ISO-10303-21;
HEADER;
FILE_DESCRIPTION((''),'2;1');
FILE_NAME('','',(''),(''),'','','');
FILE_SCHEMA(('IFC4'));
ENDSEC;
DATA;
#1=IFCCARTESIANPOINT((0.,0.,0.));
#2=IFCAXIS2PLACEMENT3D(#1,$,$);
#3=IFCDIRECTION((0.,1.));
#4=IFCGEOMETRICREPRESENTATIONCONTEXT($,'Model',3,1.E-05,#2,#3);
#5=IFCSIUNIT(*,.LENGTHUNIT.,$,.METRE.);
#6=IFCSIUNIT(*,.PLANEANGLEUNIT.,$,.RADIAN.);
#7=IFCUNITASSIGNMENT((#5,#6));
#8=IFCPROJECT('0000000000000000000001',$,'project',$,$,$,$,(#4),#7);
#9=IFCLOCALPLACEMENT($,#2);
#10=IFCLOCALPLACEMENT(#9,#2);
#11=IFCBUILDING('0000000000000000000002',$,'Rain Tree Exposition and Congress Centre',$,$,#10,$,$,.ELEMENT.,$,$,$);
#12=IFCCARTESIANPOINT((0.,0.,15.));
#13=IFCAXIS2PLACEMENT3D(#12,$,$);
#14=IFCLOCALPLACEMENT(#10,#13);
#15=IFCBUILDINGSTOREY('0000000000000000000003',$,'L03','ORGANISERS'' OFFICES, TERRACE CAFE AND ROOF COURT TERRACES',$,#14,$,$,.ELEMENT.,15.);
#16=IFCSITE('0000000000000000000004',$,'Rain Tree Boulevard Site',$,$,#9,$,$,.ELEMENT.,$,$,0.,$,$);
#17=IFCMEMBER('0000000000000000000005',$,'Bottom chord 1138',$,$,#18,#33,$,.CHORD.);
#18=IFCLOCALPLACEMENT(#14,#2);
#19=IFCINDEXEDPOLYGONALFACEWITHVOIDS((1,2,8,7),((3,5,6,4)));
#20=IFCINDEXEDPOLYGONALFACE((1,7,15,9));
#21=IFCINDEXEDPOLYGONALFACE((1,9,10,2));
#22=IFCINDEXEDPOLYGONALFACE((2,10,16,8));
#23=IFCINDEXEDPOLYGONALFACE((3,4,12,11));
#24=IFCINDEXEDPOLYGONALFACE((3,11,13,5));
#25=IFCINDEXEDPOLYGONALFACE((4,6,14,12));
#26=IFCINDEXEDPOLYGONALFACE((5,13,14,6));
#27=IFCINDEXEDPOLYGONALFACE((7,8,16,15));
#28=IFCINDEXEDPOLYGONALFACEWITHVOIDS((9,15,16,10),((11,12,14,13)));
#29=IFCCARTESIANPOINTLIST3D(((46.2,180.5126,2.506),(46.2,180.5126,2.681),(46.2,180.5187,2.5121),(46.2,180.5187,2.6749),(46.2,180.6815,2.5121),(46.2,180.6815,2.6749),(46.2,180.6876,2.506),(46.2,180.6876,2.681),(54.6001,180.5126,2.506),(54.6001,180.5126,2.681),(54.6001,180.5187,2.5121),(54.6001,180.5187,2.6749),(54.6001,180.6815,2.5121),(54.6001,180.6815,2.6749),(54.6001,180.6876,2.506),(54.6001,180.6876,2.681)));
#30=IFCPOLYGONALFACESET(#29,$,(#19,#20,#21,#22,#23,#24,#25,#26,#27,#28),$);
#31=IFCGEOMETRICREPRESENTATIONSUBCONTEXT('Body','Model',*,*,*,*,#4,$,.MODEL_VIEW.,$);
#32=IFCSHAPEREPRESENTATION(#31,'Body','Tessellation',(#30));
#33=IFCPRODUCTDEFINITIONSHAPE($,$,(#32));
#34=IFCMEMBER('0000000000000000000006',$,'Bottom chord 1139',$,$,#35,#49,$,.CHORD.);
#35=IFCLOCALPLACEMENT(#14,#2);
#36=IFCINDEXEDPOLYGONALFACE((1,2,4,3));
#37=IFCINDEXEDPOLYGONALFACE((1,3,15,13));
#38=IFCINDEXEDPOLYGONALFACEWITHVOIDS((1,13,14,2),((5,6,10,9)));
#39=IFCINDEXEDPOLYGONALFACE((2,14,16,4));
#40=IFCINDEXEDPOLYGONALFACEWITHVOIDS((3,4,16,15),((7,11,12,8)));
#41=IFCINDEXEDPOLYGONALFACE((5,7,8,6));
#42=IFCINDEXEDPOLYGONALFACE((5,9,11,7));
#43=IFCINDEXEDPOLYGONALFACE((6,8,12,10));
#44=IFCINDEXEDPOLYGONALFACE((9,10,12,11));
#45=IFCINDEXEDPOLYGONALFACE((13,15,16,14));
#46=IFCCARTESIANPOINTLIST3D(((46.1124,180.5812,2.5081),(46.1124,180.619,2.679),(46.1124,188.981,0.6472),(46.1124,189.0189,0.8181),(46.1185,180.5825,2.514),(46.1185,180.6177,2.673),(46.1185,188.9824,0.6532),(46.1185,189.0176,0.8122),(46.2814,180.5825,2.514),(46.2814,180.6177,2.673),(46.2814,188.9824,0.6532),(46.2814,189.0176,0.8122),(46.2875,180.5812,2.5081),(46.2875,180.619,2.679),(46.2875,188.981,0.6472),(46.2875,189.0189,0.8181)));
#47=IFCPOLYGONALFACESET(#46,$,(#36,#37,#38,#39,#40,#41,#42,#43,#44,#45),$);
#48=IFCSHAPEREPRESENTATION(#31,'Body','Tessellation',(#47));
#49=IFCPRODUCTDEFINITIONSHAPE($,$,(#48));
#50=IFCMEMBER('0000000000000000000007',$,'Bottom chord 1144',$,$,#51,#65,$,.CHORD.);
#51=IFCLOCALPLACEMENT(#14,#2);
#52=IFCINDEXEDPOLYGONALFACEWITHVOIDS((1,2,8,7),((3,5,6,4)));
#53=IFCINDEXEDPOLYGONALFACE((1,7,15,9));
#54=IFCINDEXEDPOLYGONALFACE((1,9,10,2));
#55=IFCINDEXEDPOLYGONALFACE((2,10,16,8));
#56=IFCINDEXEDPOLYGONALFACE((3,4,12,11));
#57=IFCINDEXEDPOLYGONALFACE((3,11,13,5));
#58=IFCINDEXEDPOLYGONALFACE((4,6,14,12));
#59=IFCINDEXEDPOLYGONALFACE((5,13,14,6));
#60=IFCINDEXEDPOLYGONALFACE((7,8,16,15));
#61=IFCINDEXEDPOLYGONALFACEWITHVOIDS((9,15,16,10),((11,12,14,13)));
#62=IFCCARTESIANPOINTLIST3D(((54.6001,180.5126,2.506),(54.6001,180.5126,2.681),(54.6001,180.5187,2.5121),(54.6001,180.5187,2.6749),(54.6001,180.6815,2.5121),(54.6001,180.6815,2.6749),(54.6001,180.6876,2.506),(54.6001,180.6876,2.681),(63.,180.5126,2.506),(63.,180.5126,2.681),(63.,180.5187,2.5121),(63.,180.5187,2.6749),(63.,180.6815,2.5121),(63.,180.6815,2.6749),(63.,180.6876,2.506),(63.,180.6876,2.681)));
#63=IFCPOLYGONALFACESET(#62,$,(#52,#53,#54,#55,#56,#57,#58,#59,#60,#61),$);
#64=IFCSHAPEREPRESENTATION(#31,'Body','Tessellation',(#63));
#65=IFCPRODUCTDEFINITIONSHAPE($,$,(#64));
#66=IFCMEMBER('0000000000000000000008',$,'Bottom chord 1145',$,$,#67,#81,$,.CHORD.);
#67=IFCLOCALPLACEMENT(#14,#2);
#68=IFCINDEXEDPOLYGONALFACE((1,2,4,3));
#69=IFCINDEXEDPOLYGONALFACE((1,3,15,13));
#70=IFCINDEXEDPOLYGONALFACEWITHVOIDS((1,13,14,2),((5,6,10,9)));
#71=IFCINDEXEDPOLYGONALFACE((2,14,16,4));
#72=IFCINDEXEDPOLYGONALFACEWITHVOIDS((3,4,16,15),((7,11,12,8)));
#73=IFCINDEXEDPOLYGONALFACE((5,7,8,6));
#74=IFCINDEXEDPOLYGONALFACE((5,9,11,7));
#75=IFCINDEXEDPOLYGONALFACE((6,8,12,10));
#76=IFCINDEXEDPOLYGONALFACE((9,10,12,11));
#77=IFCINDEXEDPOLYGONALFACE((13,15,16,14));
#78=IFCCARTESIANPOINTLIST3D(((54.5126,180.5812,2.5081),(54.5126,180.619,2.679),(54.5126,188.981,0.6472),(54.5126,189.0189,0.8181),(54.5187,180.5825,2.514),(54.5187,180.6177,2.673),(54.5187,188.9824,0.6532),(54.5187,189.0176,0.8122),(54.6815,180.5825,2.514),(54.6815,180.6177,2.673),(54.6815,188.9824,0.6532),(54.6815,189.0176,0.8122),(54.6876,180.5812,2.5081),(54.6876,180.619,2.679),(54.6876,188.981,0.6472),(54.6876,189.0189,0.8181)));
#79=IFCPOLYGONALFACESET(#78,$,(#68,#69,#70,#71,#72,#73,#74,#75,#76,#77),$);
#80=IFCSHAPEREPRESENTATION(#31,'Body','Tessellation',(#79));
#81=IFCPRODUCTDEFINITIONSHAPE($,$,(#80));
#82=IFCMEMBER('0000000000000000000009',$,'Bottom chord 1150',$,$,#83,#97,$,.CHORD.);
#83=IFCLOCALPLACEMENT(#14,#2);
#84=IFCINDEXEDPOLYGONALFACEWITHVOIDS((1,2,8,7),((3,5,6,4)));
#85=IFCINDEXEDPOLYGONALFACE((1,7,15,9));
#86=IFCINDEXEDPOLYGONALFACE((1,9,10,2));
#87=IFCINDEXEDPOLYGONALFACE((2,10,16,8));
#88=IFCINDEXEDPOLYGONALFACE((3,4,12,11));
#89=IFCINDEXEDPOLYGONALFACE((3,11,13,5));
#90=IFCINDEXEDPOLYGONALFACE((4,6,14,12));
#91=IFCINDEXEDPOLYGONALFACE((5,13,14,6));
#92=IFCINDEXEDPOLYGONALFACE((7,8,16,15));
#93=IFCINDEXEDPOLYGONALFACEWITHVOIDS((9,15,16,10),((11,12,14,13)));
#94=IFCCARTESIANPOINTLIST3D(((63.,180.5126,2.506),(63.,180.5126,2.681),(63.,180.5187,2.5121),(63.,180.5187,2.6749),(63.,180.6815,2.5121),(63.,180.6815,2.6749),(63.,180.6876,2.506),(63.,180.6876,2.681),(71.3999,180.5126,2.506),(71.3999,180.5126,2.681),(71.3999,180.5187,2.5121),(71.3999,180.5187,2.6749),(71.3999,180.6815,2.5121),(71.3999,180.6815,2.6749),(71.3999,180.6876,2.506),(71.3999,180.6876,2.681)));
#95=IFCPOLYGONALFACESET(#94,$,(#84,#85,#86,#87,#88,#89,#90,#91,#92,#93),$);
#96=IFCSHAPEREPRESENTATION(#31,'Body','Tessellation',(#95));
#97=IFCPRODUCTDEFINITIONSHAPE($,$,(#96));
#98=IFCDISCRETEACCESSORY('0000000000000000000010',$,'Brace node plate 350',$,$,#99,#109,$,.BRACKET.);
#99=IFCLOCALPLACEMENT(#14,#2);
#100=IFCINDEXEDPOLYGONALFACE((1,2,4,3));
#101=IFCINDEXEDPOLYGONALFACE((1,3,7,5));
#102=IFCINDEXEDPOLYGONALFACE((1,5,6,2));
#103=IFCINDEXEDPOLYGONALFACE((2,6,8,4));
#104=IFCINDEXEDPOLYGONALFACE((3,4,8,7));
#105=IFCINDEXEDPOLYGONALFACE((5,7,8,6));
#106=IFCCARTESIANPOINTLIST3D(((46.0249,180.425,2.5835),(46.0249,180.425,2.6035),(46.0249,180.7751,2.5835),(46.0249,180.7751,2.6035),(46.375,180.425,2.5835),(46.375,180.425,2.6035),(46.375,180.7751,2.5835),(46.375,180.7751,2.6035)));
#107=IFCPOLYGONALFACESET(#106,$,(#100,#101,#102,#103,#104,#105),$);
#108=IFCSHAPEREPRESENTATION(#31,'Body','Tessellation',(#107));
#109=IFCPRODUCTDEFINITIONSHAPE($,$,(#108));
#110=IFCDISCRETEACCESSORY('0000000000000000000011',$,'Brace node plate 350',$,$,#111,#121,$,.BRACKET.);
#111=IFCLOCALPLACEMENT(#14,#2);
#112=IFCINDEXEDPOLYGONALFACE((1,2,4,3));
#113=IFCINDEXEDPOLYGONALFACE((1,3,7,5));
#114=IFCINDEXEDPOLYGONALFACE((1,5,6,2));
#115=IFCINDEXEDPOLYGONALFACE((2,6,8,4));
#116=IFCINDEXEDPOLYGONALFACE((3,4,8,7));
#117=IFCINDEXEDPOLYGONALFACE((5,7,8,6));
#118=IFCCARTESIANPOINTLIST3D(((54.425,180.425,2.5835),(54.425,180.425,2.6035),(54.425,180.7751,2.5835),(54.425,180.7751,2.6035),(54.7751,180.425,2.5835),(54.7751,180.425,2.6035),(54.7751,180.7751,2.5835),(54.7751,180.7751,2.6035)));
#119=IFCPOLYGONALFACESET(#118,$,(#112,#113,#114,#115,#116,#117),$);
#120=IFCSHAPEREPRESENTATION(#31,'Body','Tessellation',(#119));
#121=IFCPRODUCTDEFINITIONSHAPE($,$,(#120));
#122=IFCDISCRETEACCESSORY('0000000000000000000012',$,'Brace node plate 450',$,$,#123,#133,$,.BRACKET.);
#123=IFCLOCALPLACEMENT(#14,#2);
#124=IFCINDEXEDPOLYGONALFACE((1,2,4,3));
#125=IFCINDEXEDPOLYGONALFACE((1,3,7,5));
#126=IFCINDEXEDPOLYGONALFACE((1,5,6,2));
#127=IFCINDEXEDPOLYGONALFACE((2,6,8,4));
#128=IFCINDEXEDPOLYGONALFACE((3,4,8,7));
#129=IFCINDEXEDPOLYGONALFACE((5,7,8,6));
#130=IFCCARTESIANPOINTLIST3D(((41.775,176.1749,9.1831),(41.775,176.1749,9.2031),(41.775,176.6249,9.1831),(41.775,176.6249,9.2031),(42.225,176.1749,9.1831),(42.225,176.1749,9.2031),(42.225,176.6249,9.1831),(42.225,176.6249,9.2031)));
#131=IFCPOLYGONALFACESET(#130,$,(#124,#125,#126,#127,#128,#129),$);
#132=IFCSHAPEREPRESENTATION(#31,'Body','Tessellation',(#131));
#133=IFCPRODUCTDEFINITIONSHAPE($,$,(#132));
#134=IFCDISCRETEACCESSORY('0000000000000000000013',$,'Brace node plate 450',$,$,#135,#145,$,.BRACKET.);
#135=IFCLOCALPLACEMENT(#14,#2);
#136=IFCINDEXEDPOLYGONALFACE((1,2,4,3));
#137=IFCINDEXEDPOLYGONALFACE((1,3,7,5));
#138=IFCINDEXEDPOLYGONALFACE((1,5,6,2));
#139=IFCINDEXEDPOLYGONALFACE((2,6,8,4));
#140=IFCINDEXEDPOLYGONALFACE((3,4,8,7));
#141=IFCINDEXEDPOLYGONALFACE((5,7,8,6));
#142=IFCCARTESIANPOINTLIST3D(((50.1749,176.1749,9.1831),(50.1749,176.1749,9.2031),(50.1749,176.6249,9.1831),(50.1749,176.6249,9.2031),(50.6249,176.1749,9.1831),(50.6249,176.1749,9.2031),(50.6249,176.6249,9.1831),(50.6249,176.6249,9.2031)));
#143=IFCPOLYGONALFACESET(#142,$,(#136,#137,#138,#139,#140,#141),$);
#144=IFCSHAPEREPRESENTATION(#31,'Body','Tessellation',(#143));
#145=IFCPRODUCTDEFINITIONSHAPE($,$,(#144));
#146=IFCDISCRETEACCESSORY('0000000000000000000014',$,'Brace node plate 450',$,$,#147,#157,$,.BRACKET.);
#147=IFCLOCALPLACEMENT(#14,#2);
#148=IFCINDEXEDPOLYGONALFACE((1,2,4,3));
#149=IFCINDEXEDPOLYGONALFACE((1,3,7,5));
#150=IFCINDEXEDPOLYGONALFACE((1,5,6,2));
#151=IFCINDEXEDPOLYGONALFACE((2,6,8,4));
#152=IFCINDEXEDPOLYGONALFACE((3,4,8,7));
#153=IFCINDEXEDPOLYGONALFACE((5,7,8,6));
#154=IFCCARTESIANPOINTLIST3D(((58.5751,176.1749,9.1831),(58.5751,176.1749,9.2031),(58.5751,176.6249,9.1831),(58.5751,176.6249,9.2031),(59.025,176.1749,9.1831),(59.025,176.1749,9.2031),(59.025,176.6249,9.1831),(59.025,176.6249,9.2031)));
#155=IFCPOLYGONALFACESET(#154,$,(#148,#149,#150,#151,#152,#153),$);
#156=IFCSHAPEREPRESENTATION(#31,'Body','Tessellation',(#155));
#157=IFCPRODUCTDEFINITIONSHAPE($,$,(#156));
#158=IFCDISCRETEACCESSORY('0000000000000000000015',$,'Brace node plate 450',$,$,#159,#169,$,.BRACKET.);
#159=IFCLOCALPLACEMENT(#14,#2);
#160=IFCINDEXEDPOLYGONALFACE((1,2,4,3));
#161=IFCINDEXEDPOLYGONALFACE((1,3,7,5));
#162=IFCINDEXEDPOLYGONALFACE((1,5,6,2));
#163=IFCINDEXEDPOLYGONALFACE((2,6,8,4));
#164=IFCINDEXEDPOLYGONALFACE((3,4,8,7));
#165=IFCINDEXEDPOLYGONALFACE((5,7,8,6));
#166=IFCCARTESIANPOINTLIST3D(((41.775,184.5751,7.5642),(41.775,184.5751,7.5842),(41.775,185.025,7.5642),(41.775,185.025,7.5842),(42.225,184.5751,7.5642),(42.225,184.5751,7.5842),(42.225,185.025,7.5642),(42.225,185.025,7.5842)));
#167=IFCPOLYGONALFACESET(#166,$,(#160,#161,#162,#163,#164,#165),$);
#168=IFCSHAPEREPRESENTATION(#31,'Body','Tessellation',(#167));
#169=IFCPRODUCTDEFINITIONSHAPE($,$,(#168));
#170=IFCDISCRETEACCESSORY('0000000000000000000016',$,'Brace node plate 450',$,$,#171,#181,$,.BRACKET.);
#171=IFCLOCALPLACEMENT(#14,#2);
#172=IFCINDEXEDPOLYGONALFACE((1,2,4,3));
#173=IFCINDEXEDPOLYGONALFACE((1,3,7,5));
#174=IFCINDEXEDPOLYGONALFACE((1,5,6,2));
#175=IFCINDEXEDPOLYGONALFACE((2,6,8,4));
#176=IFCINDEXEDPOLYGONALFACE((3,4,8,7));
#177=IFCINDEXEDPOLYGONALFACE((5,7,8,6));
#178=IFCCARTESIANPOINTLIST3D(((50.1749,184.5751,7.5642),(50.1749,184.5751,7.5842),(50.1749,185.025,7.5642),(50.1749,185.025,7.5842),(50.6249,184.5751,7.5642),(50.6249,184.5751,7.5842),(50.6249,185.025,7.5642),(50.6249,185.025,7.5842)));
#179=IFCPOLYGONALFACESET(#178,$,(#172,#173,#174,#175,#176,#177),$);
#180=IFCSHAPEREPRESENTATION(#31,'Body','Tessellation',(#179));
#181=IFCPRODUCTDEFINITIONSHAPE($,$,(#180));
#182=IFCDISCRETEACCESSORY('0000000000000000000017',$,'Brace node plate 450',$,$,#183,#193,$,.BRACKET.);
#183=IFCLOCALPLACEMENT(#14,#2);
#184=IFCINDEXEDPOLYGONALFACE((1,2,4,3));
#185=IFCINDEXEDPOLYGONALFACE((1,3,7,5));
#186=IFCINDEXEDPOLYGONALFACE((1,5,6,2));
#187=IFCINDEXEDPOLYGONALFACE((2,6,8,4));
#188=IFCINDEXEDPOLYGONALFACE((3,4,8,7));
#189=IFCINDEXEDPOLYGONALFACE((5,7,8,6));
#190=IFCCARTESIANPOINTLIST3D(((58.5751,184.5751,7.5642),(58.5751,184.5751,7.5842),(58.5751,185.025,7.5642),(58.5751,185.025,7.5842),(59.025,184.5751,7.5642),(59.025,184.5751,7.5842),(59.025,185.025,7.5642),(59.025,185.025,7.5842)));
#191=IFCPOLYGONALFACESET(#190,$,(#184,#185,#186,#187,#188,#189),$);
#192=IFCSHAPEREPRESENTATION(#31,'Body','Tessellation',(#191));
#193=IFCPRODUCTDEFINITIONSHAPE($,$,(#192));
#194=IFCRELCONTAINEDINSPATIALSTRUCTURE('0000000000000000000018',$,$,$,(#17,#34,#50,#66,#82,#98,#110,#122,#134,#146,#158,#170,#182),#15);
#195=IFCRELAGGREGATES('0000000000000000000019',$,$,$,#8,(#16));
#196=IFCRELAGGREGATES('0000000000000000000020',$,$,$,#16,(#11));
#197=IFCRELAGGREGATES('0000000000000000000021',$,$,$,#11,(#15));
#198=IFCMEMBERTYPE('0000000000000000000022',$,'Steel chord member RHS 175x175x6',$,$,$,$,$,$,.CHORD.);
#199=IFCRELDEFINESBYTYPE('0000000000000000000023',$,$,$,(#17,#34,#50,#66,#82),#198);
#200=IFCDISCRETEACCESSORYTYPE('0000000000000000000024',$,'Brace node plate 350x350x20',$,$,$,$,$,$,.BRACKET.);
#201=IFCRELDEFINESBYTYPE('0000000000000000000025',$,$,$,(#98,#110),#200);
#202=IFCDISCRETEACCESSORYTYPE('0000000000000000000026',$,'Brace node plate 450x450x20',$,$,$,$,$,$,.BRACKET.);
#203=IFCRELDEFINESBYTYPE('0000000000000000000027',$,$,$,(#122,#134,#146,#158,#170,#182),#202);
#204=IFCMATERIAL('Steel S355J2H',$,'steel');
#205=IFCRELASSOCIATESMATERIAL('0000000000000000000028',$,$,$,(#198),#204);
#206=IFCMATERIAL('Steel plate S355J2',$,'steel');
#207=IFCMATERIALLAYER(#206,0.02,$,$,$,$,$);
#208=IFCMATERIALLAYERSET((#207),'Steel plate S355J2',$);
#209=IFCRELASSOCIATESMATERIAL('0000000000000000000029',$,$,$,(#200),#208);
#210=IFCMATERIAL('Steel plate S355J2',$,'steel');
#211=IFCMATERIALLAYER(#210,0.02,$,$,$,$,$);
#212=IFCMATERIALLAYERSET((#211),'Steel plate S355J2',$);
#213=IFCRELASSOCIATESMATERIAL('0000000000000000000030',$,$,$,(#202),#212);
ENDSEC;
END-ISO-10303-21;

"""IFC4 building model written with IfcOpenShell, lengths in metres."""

from ifc_helpers import new_model, si_unit, direction, frame, origin, origin_2d, place, context, subcontext, project, spatial, rectangle, hollow_rectangle, extrude, material, layer, layer_set, material_profile, profile_set, type_object, element, save


model = new_model("IFC4")

# Units and contexts
model_context = context("Model", 3, precision=1e-05, world=origin(), true_north=direction((0.0, 1.0)))
body_context = subcontext(model_context, "Body", "Model", "MODEL_VIEW")
ifc_project = project(units=[si_unit("LENGTHUNIT", "METRE"), si_unit("PLANEANGLEUNIT", "RADIAN")], contexts=[model_context])

# Site, building, storey
site_placement = place(None, origin())
site = spatial("IfcSite", under=ifc_project, at=site_placement, Name="Rain Tree Boulevard Site", CompositionType="ELEMENT", RefElevation=0.0)
building_placement = place(site_placement, origin())
building = spatial("IfcBuilding", under=site, at=building_placement, Name="Rain Tree Exposition and Congress Centre", CompositionType="ELEMENT")
storey_placement = place(building_placement, frame((0.0, 0.0, 15.0)))
storey = spatial("IfcBuildingStorey", under=building, at=storey_placement, Name="L03", Description="ORGANISERS' OFFICES, TERRACE CAFE AND ROOF COURT TERRACES", CompositionType="ELEMENT", Elevation=15.0)

# Members
ifc_material_1 = material(Name="Steel S355J2H", Category="steel")
ifc_material_profile_1 = material_profile(ifc_material_1, hollow_rectangle(XDim=0.175, YDim=0.175, WallThickness=0.0061, at=origin_2d()), Name="RHS 175x175x6")
ifc_profile_set_1 = profile_set([ifc_material_profile_1], Name="Steel S355J2H")
member_type_1 = type_object("IfcMemberType", Name="Steel chord member RHS 175x175x6", PredefinedType="CHORD", material=ifc_profile_set_1)
member_1_placement = place(storey_placement, frame((46.2, 180.6001, 2.5935), z_axis=(1.0, 0.0, 0.0), x_axis=(0.0, 1.0, 0.0)))
element("IfcMember", 1, at=member_1_placement, inside=storey, type_object=member_type_1, Name="Bottom chord 1138", PredefinedType="CHORD", context=body_context, shape_type="SweptSolid", body=[
    extrude(hollow_rectangle(XDim=0.175, YDim=0.175, WallThickness=0.0061, at=origin_2d()), origin(), (0.0, 0.0, 1.0), 8.4001),
])
member_2_placement = place(storey_placement, frame((46.2, 180.6001, 2.5935), z_axis=(0.0, 0.97633, -0.216287), x_axis=(-1.0, 0.0, 0.0)))
element("IfcMember", 2, at=member_2_placement, inside=storey, type_object=member_type_1, Name="Bottom chord 1139", PredefinedType="CHORD", context=body_context, shape_type="SweptSolid", body=[
    extrude(hollow_rectangle(XDim=0.175, YDim=0.175, WallThickness=0.0061, at=origin_2d()), origin(), (0.0, 0.0, 1.0), 8.6035),
])
member_3_placement = place(storey_placement, frame((54.6001, 180.6001, 2.5935), z_axis=(1.0, 0.0, 0.0), x_axis=(0.0, 1.0, 0.0)))
element("IfcMember", 3, at=member_3_placement, inside=storey, type_object=member_type_1, Name="Bottom chord 1144", PredefinedType="CHORD", context=body_context, shape_type="SweptSolid", body=[
    extrude(hollow_rectangle(XDim=0.175, YDim=0.175, WallThickness=0.0061, at=origin_2d()), origin(), (0.0, 0.0, 1.0), 8.3999),
])
member_4_placement = place(storey_placement, frame((54.6001, 180.6001, 2.5935), z_axis=(0.0, 0.97633, -0.216287), x_axis=(-1.0, 0.0, 0.0)))
element("IfcMember", 4, at=member_4_placement, inside=storey, type_object=member_type_1, Name="Bottom chord 1145", PredefinedType="CHORD", context=body_context, shape_type="SweptSolid", body=[
    extrude(hollow_rectangle(XDim=0.175, YDim=0.175, WallThickness=0.0061, at=origin_2d()), origin(), (0.0, 0.0, 1.0), 8.6035),
])
member_5_placement = place(storey_placement, frame((63.0, 180.6001, 2.5935), z_axis=(1.0, 0.0, 0.0), x_axis=(0.0, 1.0, 0.0)))
element("IfcMember", 5, at=member_5_placement, inside=storey, type_object=member_type_1, Name="Bottom chord 1150", PredefinedType="CHORD", context=body_context, shape_type="SweptSolid", body=[
    extrude(hollow_rectangle(XDim=0.175, YDim=0.175, WallThickness=0.0061, at=origin_2d()), origin(), (0.0, 0.0, 1.0), 8.3999),
])

# Discrete accessories
ifc_material_2 = material(Name="Steel plate S355J2", Category="steel")
ifc_layer_1 = layer(ifc_material_2, 0.02)
ifc_layer_set_1 = layer_set([ifc_layer_1], Name="Steel plate S355J2")
discrete_accessory_type_1 = type_object("IfcDiscreteAccessoryType", Name="Brace node plate 350x350x20", PredefinedType="BRACKET", material=ifc_layer_set_1)
for number, where, z_axis, x_axis, name in (
    (6, (46.2, 180.6001, 2.5835), (0.0, 0.0, 1.0), (1.0, 0.0, 0.0), "Brace node plate 350"),
    (7, (54.6001, 180.6001, 2.5835), (0.0, 0.0, 1.0), (1.0, 0.0, 0.0), "Brace node plate 350"),
):
    element("IfcDiscreteAccessory", number, at=place(storey_placement, frame(where, z_axis=z_axis, x_axis=x_axis)), inside=storey, type_object=discrete_accessory_type_1, Name=name, PredefinedType="BRACKET", context=body_context, shape_type="SweptSolid", body=[
        extrude(rectangle(XDim=0.3501, YDim=0.3501, at=origin_2d()), origin(), (0.0, 0.0, 1.0), 0.02),
    ])
ifc_material_3 = material(Name="Steel plate S355J2", Category="steel")
ifc_layer_2 = layer(ifc_material_3, 0.02)
ifc_layer_set_2 = layer_set([ifc_layer_2], Name="Steel plate S355J2")
discrete_accessory_type_2 = type_object("IfcDiscreteAccessoryType", Name="Brace node plate 450x450x20", PredefinedType="BRACKET", material=ifc_layer_set_2)
for number, where, z_axis, x_axis, name in (
    (8, (42.0, 176.3999, 9.1831), (0.0, 0.0, 1.0), (1.0, 0.0, 0.0), "Brace node plate 450"),
    (9, (50.3999, 176.3999, 9.1831), (0.0, 0.0, 1.0), (1.0, 0.0, 0.0), "Brace node plate 450"),
    (10, (58.8, 176.3999, 9.1831), (0.0, 0.0, 1.0), (1.0, 0.0, 0.0), "Brace node plate 450"),
    (11, (42.0, 184.8, 7.5642), (0.0, 0.0, 1.0), (1.0, 0.0, 0.0), "Brace node plate 450"),
    (12, (50.3999, 184.8, 7.5642), (0.0, 0.0, 1.0), (1.0, 0.0, 0.0), "Brace node plate 450"),
    (13, (58.8, 184.8, 7.5642), (0.0, 0.0, 1.0), (1.0, 0.0, 0.0), "Brace node plate 450"),
):
    element("IfcDiscreteAccessory", number, at=place(storey_placement, frame(where, z_axis=z_axis, x_axis=x_axis)), inside=storey, type_object=discrete_accessory_type_2, Name=name, PredefinedType="BRACKET", context=body_context, shape_type="SweptSolid", body=[
        extrude(rectangle(XDim=0.45, YDim=0.45, at=origin_2d()), origin(), (0.0, 0.0, 1.0), 0.02),
    ])

save(model, "model.ifc")
